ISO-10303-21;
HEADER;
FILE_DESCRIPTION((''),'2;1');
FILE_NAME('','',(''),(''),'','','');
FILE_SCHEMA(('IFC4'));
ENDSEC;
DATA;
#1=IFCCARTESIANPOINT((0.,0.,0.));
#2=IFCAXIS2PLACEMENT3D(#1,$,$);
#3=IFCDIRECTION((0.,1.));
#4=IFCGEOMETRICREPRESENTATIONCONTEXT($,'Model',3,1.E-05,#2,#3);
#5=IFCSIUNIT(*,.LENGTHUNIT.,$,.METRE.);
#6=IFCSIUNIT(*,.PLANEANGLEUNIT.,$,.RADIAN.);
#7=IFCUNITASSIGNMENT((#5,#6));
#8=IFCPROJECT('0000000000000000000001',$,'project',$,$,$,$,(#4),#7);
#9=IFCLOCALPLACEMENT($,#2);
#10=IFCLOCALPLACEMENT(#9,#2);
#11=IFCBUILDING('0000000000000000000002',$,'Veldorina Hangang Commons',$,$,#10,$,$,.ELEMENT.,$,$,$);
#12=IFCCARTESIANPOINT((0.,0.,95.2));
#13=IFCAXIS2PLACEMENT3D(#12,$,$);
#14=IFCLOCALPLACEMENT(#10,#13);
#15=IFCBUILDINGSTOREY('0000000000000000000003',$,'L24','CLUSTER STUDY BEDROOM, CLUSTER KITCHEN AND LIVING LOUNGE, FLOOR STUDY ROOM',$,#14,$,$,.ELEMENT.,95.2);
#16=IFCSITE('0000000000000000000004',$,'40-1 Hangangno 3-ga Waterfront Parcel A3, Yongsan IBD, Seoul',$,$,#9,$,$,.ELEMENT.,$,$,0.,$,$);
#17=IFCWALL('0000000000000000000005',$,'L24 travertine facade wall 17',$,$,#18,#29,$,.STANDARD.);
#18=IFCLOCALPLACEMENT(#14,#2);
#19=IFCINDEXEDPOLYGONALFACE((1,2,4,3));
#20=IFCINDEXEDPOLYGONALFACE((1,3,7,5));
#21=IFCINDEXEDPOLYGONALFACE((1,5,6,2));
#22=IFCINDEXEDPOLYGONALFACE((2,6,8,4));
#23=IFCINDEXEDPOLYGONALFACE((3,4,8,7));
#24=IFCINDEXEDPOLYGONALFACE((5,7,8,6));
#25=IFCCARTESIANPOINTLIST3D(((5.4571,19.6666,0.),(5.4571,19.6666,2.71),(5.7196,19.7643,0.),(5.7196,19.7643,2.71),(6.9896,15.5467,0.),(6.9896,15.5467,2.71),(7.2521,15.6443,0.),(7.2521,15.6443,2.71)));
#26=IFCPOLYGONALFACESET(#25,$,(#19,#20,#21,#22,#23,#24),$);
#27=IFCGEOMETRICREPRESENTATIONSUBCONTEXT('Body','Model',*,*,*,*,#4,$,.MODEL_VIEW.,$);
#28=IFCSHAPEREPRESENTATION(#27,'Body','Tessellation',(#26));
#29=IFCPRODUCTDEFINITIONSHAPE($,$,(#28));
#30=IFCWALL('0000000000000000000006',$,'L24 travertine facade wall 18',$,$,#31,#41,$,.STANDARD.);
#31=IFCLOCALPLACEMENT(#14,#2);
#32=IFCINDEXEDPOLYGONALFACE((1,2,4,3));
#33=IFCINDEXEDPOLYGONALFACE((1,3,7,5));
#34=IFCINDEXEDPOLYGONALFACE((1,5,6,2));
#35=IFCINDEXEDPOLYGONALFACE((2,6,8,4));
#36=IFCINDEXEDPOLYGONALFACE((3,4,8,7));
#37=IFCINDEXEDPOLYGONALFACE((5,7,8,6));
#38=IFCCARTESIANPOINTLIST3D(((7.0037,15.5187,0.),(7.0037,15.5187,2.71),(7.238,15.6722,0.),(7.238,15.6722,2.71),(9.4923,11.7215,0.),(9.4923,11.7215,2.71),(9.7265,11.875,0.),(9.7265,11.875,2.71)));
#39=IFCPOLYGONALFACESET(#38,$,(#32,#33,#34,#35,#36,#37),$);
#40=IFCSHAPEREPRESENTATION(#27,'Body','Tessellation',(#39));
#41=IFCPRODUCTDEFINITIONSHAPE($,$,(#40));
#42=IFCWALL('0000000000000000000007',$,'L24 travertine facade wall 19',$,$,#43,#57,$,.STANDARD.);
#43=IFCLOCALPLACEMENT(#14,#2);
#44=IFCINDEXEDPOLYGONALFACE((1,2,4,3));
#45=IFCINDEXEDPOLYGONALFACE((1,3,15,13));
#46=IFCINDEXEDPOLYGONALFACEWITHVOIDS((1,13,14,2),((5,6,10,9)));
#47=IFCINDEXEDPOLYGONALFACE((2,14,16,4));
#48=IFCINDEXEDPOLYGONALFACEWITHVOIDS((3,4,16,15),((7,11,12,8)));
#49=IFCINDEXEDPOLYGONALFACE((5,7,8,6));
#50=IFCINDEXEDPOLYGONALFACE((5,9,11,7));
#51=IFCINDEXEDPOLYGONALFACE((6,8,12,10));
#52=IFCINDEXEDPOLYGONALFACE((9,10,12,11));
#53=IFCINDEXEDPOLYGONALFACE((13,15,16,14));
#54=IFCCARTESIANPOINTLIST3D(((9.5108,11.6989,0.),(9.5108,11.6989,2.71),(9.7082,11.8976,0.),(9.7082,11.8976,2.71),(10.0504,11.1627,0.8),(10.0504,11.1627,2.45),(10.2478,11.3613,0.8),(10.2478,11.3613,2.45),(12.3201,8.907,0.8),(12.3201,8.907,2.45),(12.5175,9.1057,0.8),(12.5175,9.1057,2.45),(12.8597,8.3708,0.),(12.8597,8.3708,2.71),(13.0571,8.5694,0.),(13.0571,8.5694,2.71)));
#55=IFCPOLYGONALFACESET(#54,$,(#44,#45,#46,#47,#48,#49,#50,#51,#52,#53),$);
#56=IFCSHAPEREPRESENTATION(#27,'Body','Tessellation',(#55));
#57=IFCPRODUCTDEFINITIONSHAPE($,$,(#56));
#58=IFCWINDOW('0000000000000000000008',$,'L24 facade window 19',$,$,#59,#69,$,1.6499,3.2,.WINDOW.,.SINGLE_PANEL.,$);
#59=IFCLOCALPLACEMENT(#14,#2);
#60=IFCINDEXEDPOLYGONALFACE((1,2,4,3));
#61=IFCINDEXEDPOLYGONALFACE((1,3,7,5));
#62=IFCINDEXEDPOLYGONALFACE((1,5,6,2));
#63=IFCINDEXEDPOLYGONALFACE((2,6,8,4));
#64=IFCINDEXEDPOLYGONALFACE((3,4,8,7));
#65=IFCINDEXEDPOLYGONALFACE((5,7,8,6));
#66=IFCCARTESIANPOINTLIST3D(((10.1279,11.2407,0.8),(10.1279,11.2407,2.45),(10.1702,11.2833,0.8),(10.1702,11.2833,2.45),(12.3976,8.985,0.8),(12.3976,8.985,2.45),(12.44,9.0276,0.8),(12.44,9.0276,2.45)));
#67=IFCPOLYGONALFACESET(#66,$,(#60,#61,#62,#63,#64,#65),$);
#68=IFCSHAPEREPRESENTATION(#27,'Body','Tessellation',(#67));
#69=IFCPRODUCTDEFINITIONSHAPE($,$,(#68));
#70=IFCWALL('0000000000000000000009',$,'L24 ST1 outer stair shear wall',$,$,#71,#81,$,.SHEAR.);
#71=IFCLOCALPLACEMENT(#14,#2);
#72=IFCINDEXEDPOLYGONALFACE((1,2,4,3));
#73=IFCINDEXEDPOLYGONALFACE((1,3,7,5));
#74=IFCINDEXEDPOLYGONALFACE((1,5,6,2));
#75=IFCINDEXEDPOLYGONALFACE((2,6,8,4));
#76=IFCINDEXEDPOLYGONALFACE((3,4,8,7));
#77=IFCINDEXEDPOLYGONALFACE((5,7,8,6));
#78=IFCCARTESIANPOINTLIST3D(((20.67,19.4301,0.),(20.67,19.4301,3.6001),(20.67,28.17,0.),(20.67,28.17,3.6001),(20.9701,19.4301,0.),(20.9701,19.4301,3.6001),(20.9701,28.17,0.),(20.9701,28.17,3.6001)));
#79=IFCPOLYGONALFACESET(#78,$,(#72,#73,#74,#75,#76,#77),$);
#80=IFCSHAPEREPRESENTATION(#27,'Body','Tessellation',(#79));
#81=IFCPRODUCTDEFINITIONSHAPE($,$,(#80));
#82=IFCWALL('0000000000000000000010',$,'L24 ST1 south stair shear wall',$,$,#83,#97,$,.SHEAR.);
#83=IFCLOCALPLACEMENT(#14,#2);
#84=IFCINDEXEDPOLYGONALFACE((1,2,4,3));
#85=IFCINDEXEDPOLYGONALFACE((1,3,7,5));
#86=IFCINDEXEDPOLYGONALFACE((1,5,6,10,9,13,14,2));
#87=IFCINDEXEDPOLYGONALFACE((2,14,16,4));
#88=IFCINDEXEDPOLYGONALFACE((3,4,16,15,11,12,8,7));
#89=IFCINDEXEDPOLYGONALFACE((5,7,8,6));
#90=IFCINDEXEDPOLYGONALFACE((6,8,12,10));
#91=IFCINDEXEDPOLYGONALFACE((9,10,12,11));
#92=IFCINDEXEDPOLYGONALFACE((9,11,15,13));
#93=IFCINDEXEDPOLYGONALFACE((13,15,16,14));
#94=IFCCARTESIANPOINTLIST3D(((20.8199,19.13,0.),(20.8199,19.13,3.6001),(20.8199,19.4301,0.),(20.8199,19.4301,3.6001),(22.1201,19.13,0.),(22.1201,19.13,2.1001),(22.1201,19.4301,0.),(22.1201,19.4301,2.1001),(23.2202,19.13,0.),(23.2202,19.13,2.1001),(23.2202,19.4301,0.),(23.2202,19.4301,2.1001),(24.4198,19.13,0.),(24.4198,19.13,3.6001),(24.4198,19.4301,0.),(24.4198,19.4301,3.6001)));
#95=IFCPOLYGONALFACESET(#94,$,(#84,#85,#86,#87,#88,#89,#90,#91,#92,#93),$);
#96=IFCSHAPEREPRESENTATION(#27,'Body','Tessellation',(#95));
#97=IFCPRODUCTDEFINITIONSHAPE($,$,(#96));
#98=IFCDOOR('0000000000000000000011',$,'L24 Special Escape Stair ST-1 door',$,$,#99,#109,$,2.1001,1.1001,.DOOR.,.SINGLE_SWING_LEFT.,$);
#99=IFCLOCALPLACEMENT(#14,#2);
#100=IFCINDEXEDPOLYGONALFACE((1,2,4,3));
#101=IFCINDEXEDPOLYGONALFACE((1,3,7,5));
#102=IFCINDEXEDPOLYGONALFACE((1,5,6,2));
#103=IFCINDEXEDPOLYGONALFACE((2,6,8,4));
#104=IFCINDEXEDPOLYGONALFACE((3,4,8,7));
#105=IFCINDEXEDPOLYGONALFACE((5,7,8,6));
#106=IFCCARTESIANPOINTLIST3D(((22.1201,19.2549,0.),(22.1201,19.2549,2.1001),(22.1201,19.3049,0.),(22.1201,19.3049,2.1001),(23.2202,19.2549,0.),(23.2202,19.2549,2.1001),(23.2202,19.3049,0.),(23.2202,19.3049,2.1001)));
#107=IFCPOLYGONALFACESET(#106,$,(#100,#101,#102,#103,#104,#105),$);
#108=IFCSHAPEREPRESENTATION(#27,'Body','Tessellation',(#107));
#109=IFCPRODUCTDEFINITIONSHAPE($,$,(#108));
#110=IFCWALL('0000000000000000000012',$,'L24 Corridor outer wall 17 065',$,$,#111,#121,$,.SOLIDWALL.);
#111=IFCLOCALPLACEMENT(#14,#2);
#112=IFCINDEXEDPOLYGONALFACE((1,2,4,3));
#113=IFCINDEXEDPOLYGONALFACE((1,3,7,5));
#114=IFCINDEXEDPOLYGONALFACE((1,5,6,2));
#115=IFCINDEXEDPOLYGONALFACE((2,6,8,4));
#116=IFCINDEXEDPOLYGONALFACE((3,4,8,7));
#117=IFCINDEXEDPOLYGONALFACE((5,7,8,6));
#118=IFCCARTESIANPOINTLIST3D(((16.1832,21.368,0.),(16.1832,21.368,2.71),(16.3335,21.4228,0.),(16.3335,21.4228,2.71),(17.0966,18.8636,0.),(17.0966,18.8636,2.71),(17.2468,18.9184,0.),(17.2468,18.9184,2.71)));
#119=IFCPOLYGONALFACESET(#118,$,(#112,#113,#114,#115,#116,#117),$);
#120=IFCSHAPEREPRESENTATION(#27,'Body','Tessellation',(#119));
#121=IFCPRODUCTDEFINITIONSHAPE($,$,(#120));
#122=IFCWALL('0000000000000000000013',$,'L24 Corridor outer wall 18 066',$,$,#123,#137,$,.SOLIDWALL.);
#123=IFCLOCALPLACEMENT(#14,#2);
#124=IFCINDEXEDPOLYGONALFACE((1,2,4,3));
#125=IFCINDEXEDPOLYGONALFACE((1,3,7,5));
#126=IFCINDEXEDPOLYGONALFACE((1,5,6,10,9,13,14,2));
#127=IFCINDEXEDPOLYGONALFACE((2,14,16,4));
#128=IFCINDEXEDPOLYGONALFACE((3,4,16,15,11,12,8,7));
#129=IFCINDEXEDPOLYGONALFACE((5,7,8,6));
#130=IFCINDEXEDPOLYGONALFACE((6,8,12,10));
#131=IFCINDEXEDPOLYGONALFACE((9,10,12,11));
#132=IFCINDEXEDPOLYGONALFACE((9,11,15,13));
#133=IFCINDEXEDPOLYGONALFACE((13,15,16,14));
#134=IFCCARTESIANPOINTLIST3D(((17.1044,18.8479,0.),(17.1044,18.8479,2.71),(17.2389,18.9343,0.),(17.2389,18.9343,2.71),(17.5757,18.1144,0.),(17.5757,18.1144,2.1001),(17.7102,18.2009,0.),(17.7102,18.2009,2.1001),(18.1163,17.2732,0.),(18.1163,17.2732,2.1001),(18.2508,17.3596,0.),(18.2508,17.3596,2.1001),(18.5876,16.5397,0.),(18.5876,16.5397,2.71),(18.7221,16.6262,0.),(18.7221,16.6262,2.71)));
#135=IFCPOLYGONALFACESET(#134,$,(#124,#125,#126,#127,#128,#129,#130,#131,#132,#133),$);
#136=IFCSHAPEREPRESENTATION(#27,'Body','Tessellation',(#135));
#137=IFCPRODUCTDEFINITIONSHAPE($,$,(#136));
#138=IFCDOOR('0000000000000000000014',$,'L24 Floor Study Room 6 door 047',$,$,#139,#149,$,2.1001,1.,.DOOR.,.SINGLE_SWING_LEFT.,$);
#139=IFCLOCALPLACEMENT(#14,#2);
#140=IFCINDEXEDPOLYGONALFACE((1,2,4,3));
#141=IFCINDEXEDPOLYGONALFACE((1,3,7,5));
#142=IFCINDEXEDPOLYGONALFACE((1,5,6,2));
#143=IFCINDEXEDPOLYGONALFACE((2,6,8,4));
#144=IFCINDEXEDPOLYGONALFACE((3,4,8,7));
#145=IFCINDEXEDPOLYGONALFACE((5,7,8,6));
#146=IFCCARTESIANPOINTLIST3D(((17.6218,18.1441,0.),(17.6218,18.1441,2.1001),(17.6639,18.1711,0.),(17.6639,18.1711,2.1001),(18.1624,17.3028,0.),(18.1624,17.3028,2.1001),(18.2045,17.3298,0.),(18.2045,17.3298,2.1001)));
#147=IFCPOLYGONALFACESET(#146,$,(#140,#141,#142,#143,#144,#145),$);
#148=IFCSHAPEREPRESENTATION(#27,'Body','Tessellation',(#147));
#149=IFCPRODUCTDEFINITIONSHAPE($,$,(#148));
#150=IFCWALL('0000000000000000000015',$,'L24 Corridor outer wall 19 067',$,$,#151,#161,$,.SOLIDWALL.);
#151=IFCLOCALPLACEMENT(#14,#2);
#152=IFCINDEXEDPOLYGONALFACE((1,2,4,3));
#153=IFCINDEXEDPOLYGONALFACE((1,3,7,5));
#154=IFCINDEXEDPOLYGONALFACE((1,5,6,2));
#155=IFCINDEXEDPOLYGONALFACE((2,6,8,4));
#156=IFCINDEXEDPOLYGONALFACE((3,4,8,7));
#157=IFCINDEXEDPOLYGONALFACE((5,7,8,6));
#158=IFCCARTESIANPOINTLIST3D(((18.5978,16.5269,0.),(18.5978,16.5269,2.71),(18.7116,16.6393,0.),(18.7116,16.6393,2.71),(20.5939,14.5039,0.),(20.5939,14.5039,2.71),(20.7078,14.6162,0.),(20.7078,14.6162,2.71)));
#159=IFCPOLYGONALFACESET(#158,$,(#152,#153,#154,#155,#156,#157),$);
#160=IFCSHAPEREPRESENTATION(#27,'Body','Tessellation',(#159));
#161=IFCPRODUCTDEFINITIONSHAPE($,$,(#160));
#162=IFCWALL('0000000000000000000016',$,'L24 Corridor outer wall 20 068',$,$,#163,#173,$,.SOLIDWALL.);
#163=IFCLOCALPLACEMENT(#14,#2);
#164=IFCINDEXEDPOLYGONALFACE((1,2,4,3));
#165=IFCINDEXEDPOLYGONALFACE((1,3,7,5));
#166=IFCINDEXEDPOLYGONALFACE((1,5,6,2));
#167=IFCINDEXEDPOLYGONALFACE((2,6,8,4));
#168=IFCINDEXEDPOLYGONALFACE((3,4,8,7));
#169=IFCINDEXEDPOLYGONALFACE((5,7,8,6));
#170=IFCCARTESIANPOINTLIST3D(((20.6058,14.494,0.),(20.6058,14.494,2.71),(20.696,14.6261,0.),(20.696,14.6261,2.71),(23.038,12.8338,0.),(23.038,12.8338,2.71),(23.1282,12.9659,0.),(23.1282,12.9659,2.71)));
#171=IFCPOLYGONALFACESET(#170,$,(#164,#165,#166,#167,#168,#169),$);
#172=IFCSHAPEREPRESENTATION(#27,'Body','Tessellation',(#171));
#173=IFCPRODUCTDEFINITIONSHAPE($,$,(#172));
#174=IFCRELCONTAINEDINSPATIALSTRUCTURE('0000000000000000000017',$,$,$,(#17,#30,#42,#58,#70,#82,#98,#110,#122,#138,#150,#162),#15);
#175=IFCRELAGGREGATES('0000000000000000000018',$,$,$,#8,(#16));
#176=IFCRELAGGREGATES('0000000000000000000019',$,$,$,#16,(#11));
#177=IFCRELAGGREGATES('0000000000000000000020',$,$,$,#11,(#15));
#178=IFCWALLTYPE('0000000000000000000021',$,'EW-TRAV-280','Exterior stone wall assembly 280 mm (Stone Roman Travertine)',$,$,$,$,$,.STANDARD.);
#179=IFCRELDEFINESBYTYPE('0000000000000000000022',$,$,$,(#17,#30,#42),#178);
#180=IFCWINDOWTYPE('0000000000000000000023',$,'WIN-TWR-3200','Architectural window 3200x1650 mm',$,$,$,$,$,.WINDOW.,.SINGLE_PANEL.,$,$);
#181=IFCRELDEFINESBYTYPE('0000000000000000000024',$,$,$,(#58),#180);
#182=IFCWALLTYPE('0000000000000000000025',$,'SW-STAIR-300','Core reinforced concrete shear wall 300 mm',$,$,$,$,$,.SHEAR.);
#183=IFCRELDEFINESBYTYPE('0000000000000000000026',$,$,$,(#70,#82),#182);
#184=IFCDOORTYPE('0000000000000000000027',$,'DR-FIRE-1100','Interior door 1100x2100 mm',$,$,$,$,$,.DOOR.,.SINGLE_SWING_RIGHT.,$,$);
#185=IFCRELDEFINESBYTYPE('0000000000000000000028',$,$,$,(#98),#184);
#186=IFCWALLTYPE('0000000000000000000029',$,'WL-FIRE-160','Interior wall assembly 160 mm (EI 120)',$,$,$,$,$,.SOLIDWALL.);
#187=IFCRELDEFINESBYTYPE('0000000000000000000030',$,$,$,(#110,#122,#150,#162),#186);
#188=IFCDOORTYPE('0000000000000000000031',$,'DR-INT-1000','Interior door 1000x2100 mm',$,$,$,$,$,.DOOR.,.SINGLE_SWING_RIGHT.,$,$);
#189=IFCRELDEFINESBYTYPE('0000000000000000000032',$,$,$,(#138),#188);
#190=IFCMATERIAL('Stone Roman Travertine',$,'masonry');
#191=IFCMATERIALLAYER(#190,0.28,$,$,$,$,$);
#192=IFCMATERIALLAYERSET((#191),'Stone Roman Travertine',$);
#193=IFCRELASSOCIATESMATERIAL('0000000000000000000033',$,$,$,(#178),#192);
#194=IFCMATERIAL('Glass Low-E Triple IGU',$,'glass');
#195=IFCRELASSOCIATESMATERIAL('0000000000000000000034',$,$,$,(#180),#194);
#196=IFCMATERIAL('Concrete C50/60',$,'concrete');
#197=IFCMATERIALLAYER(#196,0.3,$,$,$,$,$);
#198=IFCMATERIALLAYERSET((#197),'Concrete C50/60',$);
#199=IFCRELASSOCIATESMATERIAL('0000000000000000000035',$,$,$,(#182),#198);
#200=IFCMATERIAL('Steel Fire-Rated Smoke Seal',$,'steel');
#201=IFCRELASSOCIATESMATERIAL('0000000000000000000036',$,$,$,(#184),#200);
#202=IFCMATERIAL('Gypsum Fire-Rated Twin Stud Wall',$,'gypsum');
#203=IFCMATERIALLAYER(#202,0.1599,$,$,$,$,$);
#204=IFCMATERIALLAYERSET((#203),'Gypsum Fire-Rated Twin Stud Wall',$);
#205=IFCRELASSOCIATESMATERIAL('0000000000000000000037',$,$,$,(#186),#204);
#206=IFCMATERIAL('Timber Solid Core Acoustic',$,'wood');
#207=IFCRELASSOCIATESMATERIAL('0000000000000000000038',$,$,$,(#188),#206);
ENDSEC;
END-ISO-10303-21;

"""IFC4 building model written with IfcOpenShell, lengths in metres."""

from ifc_helpers import new_model, si_unit, direction, frame, frame_2d, origin, place, context, subcontext, project, spatial, rectangle, extrude, material, layer, layer_set, type_object, element, fill, save


model = new_model("IFC4")

# Units and contexts
model_context = context("Model", 3, precision=1e-05, world=origin(), true_north=direction((0.0, 1.0)))
body_context = subcontext(model_context, "Body", "Model", "MODEL_VIEW")
ifc_project = project(units=[si_unit("LENGTHUNIT", "METRE"), si_unit("PLANEANGLEUNIT", "RADIAN")], contexts=[model_context])

# Site, building, storey
site_placement = place(None, origin())
site = spatial("IfcSite", under=ifc_project, at=site_placement, Name="40-1 Hangangno 3-ga Waterfront Parcel A3, Yongsan IBD, Seoul", CompositionType="ELEMENT", RefElevation=0.0)
building_placement = place(site_placement, origin())
building = spatial("IfcBuilding", under=site, at=building_placement, Name="Veldorina Hangang Commons", CompositionType="ELEMENT")
storey_placement = place(building_placement, frame((0.0, 0.0, 95.2)))
storey = spatial("IfcBuildingStorey", under=building, at=storey_placement, Name="L24", Description="CLUSTER STUDY BEDROOM, CLUSTER KITCHEN AND LIVING LOUNGE, FLOOR STUDY ROOM", CompositionType="ELEMENT", Elevation=95.2)

# Walls
ifc_material_1 = material(Name="Stone Roman Travertine", Category="masonry")
ifc_layer_1 = layer(ifc_material_1, 0.28)
ifc_layer_set_1 = layer_set([ifc_layer_1], Name="Stone Roman Travertine")
wall_type_1 = type_object("IfcWallType", Name="EW-TRAV-280", Description="Exterior stone wall assembly 280 mm (Stone Roman Travertine)", PredefinedType="STANDARD", material=ifc_layer_set_1)
wall_1_placement = place(storey_placement, frame((5.5884, 19.7153, 0.0), z_axis=(0.0, 0.0, 1.0), x_axis=(0.348633, -0.937259, 0.0)))
element("IfcWall", 1, at=wall_1_placement, inside=storey, type_object=wall_type_1, Name="L24 travertine facade wall 17", PredefinedType="STANDARD", context=body_context, shape_type="SweptSolid", body=[
    extrude(rectangle(XDim=4.3958, YDim=0.28, at=frame_2d((2.1978, 0.0))), origin(), (0.0, 0.0, 1.0), 2.71),
])
wall_2_placement = place(storey_placement, frame((7.1208, 15.5955, 0.0), z_axis=(0.0, 0.0, 1.0), x_axis=(0.548143, -0.836385, 0.0)))
element("IfcWall", 2, at=wall_2_placement, inside=storey, type_object=wall_type_1, Name="L24 travertine facade wall 18", PredefinedType="STANDARD", context=body_context, shape_type="SweptSolid", body=[
    extrude(rectangle(XDim=4.54, YDim=0.28, at=frame_2d((2.27, 0.0))), origin(), (0.0, 0.0, 1.0), 2.71),
])

# Wall, opening, window
wall_3_placement = place(storey_placement, frame((9.6094, 11.7983, 0.0), z_axis=(0.0, 0.0, 1.0), x_axis=(0.709301, -0.704906, 0.0)))
wall_3 = element("IfcWall", 3, at=wall_3_placement, inside=storey, type_object=wall_type_1, Name="L24 travertine facade wall 19", PredefinedType="STANDARD", context=body_context, shape_type="SweptSolid", body=[
    extrude(rectangle(XDim=4.7214, YDim=0.28, at=frame_2d((2.3608, 0.0))), origin(), (0.0, 0.0, 1.0), 2.71),
])
opening_1_placement = place(wall_3_placement, frame((0.7607, 0.0, 0.8)))
opening_1 = element("IfcOpeningElement", 4, at=opening_1_placement, cuts=wall_3, PredefinedType="OPENING", context=body_context, shape_type="SweptSolid", body=[
    extrude(rectangle(XDim=3.2, YDim=1.6499, at=frame_2d((1.6001, 0.825))), frame((0.0, 0.1499, 0.0), z_axis=(0.0, -1.0, 0.0), x_axis=(1.0, 0.0, 0.0)), (0.0, 0.0, 1.0), 0.3),
])
ifc_material_2 = material(Name="Glass Low-E Triple IGU", Category="glass")
window_type = type_object("IfcWindowType", Name="WIN-TWR-3200", Description="Architectural window 3200x1650 mm", PartitioningType="SINGLE_PANEL", PredefinedType="WINDOW", material=ifc_material_2)
window_placement = place(opening_1_placement, origin())
window = element("IfcWindow", 5, at=window_placement, inside=storey, type_object=window_type, Name="L24 facade window 19", OverallHeight=1.6499, OverallWidth=3.2, PartitioningType="SINGLE_PANEL", PredefinedType="WINDOW", context=body_context, shape_type="SweptSolid", body=[
    extrude(rectangle(XDim=3.2, YDim=1.6499, at=frame_2d((1.6001, 0.825))), frame((0.0, 0.03, 0.0), z_axis=(0.0, -1.0, 0.0), x_axis=(1.0, 0.0, 0.0)), (0.0, 0.0, 1.0), 0.0601),
])
fill(opening_1, window)

# Wall
ifc_material_3 = material(Name="Concrete C50/60", Category="concrete")
ifc_layer_2 = layer(ifc_material_3, 0.3)
ifc_layer_set_2 = layer_set([ifc_layer_2], Name="Concrete C50/60")
wall_type_2 = type_object("IfcWallType", Name="SW-STAIR-300", Description="Core reinforced concrete shear wall 300 mm", PredefinedType="SHEAR", material=ifc_layer_set_2)
wall_4_placement = place(storey_placement, frame((20.8201, 19.4299, 0.0), z_axis=(0.0, 0.0, 1.0), x_axis=(0.0, 1.0, 0.0)))
element("IfcWall", 6, at=wall_4_placement, inside=storey, type_object=wall_type_2, Name="L24 ST1 outer stair shear wall", PredefinedType="SHEAR", context=body_context, shape_type="SweptSolid", body=[
    extrude(rectangle(XDim=8.74, YDim=0.3, at=frame_2d((4.3701, 0.0))), origin(), (0.0, 0.0, 1.0), 3.6001),
])

# Wall, opening, door
wall_5_placement = place(storey_placement, frame((20.8201, 19.28, 0.0), z_axis=(0.0, 0.0, 1.0), x_axis=(1.0, 0.0, 0.0)))
wall_5 = element("IfcWall", 7, at=wall_5_placement, inside=storey, type_object=wall_type_2, Name="L24 ST1 south stair shear wall", PredefinedType="SHEAR", context=body_context, shape_type="SweptSolid", body=[
    extrude(rectangle(XDim=3.5999, YDim=0.3, at=frame_2d((1.7998, 0.0))), origin(), (0.0, 0.0, 1.0), 3.6001),
])
opening_2_placement = place(wall_5_placement, frame((1.3, 0.0, 0.0)))
opening_2 = element("IfcOpeningElement", 8, at=opening_2_placement, cuts=wall_5, PredefinedType="OPENING", context=body_context, shape_type="SweptSolid", body=[
    extrude(rectangle(XDim=1.1001, YDim=2.1001, at=frame_2d((0.55, 1.05))), frame((0.0, 0.1602, 0.0), z_axis=(0.0, -1.0, 0.0), x_axis=(1.0, 0.0, 0.0)), (0.0, 0.0, 1.0), 0.3201),
])
ifc_material_4 = material(Name="Steel Fire-Rated Smoke Seal", Category="steel")
door_type_1 = type_object("IfcDoorType", Name="DR-FIRE-1100", Description="Interior door 1100x2100 mm", OperationType="SINGLE_SWING_RIGHT", PredefinedType="DOOR", material=ifc_material_4)
door_1_placement = place(opening_2_placement, origin())
door_1 = element("IfcDoor", 9, at=door_1_placement, inside=storey, type_object=door_type_1, Name="L24 Special Escape Stair ST-1 door", OperationType="SINGLE_SWING_LEFT", OverallHeight=2.1001, OverallWidth=1.1001, PredefinedType="DOOR", context=body_context, shape_type="SweptSolid", body=[
    extrude(rectangle(XDim=1.1001, YDim=2.1001, at=frame_2d((0.55, 1.05))), frame((0.0, 0.0249, 0.0), z_axis=(0.0, -1.0, 0.0), x_axis=(1.0, 0.0, 0.0)), (0.0, 0.0, 1.0), 0.05),
])
fill(opening_2, door_1)

# Wall
ifc_material_5 = material(Name="Gypsum Fire-Rated Twin Stud Wall", Category="gypsum")
ifc_layer_3 = layer(ifc_material_5, 0.1599)
ifc_layer_set_3 = layer_set([ifc_layer_3], Name="Gypsum Fire-Rated Twin Stud Wall")
wall_type_3 = type_object("IfcWallType", Name="WL-FIRE-160", Description="Interior wall assembly 160 mm (EI 120)", PredefinedType="SOLIDWALL", material=ifc_layer_set_3)
wall_6_placement = place(storey_placement, frame((16.2583, 21.3955, 0.0), z_axis=(0.0, 0.0, 1.0), x_axis=(0.342618, -0.939475, 0.0)))
element("IfcWall", 10, at=wall_6_placement, inside=storey, type_object=wall_type_3, Name="L24 Corridor outer wall 17 065", PredefinedType="SOLIDWALL", context=body_context, shape_type="SweptSolid", body=[
    extrude(rectangle(XDim=2.6658, YDim=0.1599, at=frame_2d((1.333, 0.0))), origin(), (0.0, 0.0, 1.0), 2.71),
])

# Wall, opening, door
wall_7_placement = place(storey_placement, frame((17.1716, 18.8911, 0.0), z_axis=(0.0, 0.0, 1.0), x_axis=(0.540596, -0.841283, 0.0)))
wall_7 = element("IfcWall", 11, at=wall_7_placement, inside=storey, type_object=wall_type_3, Name="L24 Corridor outer wall 18 066", PredefinedType="SOLIDWALL", context=body_context, shape_type="SweptSolid", body=[
    extrude(rectangle(XDim=2.7437, YDim=0.1599, at=frame_2d((1.3718, 0.0))), origin(), (0.0, 0.0, 1.0), 2.71),
])
opening_3_placement = place(wall_7_placement, frame((0.8718, 0.0, 0.0)))
opening_3 = element("IfcOpeningElement", 12, at=opening_3_placement, cuts=wall_7, PredefinedType="OPENING", context=body_context, shape_type="SweptSolid", body=[
    extrude(rectangle(XDim=1.0, YDim=2.1001, at=frame_2d((0.5, 1.05))), frame((0.0, 0.0898, 0.0), z_axis=(0.0, -1.0, 0.0), x_axis=(1.0, 0.0, 0.0)), (0.0, 0.0, 1.0), 0.1799),
])
ifc_material_6 = material(Name="Timber Solid Core Acoustic", Category="wood")
door_type_2 = type_object("IfcDoorType", Name="DR-INT-1000", Description="Interior door 1000x2100 mm", OperationType="SINGLE_SWING_RIGHT", PredefinedType="DOOR", material=ifc_material_6)
door_2_placement = place(opening_3_placement, origin())
door_2 = element("IfcDoor", 13, at=door_2_placement, inside=storey, type_object=door_type_2, Name="L24 Floor Study Room 6 door 047", OperationType="SINGLE_SWING_LEFT", OverallHeight=2.1001, OverallWidth=1.0, PredefinedType="DOOR", context=body_context, shape_type="SweptSolid", body=[
    extrude(rectangle(XDim=1.0, YDim=2.1001, at=frame_2d((0.5, 1.05))), frame((0.0, 0.0249, 0.0), z_axis=(0.0, -1.0, 0.0), x_axis=(1.0, 0.0, 0.0)), (0.0, 0.0, 1.0), 0.05),
])
fill(opening_3, door_2)

# Walls
wall_8_placement = place(storey_placement, frame((18.6548, 16.583, 0.0), z_axis=(0.0, 0.0, 1.0), x_axis=(0.702366, -0.711816, 0.0)))
element("IfcWall", 14, at=wall_8_placement, inside=storey, type_object=wall_type_3, Name="L24 Corridor outer wall 19 067", PredefinedType="SOLIDWALL", context=body_context, shape_type="SweptSolid", body=[
    extrude(rectangle(XDim=2.842, YDim=0.1599, at=frame_2d((1.4209, 0.0))), origin(), (0.0, 0.0, 1.0), 2.71),
])
wall_9_placement = place(storey_placement, frame((20.6509, 14.5601, 0.0), z_axis=(0.0, 0.0, 1.0), x_axis=(0.825929, -0.563774, 0.0)))
element("IfcWall", 15, at=wall_9_placement, inside=storey, type_object=wall_type_3, Name="L24 Corridor outer wall 20 068", PredefinedType="SOLIDWALL", context=body_context, shape_type="SweptSolid", body=[
    extrude(rectangle(XDim=2.9448, YDim=0.1599, at=frame_2d((1.4724, 0.0))), origin(), (0.0, 0.0, 1.0), 2.71),
])

save(model, "model.ifc")
